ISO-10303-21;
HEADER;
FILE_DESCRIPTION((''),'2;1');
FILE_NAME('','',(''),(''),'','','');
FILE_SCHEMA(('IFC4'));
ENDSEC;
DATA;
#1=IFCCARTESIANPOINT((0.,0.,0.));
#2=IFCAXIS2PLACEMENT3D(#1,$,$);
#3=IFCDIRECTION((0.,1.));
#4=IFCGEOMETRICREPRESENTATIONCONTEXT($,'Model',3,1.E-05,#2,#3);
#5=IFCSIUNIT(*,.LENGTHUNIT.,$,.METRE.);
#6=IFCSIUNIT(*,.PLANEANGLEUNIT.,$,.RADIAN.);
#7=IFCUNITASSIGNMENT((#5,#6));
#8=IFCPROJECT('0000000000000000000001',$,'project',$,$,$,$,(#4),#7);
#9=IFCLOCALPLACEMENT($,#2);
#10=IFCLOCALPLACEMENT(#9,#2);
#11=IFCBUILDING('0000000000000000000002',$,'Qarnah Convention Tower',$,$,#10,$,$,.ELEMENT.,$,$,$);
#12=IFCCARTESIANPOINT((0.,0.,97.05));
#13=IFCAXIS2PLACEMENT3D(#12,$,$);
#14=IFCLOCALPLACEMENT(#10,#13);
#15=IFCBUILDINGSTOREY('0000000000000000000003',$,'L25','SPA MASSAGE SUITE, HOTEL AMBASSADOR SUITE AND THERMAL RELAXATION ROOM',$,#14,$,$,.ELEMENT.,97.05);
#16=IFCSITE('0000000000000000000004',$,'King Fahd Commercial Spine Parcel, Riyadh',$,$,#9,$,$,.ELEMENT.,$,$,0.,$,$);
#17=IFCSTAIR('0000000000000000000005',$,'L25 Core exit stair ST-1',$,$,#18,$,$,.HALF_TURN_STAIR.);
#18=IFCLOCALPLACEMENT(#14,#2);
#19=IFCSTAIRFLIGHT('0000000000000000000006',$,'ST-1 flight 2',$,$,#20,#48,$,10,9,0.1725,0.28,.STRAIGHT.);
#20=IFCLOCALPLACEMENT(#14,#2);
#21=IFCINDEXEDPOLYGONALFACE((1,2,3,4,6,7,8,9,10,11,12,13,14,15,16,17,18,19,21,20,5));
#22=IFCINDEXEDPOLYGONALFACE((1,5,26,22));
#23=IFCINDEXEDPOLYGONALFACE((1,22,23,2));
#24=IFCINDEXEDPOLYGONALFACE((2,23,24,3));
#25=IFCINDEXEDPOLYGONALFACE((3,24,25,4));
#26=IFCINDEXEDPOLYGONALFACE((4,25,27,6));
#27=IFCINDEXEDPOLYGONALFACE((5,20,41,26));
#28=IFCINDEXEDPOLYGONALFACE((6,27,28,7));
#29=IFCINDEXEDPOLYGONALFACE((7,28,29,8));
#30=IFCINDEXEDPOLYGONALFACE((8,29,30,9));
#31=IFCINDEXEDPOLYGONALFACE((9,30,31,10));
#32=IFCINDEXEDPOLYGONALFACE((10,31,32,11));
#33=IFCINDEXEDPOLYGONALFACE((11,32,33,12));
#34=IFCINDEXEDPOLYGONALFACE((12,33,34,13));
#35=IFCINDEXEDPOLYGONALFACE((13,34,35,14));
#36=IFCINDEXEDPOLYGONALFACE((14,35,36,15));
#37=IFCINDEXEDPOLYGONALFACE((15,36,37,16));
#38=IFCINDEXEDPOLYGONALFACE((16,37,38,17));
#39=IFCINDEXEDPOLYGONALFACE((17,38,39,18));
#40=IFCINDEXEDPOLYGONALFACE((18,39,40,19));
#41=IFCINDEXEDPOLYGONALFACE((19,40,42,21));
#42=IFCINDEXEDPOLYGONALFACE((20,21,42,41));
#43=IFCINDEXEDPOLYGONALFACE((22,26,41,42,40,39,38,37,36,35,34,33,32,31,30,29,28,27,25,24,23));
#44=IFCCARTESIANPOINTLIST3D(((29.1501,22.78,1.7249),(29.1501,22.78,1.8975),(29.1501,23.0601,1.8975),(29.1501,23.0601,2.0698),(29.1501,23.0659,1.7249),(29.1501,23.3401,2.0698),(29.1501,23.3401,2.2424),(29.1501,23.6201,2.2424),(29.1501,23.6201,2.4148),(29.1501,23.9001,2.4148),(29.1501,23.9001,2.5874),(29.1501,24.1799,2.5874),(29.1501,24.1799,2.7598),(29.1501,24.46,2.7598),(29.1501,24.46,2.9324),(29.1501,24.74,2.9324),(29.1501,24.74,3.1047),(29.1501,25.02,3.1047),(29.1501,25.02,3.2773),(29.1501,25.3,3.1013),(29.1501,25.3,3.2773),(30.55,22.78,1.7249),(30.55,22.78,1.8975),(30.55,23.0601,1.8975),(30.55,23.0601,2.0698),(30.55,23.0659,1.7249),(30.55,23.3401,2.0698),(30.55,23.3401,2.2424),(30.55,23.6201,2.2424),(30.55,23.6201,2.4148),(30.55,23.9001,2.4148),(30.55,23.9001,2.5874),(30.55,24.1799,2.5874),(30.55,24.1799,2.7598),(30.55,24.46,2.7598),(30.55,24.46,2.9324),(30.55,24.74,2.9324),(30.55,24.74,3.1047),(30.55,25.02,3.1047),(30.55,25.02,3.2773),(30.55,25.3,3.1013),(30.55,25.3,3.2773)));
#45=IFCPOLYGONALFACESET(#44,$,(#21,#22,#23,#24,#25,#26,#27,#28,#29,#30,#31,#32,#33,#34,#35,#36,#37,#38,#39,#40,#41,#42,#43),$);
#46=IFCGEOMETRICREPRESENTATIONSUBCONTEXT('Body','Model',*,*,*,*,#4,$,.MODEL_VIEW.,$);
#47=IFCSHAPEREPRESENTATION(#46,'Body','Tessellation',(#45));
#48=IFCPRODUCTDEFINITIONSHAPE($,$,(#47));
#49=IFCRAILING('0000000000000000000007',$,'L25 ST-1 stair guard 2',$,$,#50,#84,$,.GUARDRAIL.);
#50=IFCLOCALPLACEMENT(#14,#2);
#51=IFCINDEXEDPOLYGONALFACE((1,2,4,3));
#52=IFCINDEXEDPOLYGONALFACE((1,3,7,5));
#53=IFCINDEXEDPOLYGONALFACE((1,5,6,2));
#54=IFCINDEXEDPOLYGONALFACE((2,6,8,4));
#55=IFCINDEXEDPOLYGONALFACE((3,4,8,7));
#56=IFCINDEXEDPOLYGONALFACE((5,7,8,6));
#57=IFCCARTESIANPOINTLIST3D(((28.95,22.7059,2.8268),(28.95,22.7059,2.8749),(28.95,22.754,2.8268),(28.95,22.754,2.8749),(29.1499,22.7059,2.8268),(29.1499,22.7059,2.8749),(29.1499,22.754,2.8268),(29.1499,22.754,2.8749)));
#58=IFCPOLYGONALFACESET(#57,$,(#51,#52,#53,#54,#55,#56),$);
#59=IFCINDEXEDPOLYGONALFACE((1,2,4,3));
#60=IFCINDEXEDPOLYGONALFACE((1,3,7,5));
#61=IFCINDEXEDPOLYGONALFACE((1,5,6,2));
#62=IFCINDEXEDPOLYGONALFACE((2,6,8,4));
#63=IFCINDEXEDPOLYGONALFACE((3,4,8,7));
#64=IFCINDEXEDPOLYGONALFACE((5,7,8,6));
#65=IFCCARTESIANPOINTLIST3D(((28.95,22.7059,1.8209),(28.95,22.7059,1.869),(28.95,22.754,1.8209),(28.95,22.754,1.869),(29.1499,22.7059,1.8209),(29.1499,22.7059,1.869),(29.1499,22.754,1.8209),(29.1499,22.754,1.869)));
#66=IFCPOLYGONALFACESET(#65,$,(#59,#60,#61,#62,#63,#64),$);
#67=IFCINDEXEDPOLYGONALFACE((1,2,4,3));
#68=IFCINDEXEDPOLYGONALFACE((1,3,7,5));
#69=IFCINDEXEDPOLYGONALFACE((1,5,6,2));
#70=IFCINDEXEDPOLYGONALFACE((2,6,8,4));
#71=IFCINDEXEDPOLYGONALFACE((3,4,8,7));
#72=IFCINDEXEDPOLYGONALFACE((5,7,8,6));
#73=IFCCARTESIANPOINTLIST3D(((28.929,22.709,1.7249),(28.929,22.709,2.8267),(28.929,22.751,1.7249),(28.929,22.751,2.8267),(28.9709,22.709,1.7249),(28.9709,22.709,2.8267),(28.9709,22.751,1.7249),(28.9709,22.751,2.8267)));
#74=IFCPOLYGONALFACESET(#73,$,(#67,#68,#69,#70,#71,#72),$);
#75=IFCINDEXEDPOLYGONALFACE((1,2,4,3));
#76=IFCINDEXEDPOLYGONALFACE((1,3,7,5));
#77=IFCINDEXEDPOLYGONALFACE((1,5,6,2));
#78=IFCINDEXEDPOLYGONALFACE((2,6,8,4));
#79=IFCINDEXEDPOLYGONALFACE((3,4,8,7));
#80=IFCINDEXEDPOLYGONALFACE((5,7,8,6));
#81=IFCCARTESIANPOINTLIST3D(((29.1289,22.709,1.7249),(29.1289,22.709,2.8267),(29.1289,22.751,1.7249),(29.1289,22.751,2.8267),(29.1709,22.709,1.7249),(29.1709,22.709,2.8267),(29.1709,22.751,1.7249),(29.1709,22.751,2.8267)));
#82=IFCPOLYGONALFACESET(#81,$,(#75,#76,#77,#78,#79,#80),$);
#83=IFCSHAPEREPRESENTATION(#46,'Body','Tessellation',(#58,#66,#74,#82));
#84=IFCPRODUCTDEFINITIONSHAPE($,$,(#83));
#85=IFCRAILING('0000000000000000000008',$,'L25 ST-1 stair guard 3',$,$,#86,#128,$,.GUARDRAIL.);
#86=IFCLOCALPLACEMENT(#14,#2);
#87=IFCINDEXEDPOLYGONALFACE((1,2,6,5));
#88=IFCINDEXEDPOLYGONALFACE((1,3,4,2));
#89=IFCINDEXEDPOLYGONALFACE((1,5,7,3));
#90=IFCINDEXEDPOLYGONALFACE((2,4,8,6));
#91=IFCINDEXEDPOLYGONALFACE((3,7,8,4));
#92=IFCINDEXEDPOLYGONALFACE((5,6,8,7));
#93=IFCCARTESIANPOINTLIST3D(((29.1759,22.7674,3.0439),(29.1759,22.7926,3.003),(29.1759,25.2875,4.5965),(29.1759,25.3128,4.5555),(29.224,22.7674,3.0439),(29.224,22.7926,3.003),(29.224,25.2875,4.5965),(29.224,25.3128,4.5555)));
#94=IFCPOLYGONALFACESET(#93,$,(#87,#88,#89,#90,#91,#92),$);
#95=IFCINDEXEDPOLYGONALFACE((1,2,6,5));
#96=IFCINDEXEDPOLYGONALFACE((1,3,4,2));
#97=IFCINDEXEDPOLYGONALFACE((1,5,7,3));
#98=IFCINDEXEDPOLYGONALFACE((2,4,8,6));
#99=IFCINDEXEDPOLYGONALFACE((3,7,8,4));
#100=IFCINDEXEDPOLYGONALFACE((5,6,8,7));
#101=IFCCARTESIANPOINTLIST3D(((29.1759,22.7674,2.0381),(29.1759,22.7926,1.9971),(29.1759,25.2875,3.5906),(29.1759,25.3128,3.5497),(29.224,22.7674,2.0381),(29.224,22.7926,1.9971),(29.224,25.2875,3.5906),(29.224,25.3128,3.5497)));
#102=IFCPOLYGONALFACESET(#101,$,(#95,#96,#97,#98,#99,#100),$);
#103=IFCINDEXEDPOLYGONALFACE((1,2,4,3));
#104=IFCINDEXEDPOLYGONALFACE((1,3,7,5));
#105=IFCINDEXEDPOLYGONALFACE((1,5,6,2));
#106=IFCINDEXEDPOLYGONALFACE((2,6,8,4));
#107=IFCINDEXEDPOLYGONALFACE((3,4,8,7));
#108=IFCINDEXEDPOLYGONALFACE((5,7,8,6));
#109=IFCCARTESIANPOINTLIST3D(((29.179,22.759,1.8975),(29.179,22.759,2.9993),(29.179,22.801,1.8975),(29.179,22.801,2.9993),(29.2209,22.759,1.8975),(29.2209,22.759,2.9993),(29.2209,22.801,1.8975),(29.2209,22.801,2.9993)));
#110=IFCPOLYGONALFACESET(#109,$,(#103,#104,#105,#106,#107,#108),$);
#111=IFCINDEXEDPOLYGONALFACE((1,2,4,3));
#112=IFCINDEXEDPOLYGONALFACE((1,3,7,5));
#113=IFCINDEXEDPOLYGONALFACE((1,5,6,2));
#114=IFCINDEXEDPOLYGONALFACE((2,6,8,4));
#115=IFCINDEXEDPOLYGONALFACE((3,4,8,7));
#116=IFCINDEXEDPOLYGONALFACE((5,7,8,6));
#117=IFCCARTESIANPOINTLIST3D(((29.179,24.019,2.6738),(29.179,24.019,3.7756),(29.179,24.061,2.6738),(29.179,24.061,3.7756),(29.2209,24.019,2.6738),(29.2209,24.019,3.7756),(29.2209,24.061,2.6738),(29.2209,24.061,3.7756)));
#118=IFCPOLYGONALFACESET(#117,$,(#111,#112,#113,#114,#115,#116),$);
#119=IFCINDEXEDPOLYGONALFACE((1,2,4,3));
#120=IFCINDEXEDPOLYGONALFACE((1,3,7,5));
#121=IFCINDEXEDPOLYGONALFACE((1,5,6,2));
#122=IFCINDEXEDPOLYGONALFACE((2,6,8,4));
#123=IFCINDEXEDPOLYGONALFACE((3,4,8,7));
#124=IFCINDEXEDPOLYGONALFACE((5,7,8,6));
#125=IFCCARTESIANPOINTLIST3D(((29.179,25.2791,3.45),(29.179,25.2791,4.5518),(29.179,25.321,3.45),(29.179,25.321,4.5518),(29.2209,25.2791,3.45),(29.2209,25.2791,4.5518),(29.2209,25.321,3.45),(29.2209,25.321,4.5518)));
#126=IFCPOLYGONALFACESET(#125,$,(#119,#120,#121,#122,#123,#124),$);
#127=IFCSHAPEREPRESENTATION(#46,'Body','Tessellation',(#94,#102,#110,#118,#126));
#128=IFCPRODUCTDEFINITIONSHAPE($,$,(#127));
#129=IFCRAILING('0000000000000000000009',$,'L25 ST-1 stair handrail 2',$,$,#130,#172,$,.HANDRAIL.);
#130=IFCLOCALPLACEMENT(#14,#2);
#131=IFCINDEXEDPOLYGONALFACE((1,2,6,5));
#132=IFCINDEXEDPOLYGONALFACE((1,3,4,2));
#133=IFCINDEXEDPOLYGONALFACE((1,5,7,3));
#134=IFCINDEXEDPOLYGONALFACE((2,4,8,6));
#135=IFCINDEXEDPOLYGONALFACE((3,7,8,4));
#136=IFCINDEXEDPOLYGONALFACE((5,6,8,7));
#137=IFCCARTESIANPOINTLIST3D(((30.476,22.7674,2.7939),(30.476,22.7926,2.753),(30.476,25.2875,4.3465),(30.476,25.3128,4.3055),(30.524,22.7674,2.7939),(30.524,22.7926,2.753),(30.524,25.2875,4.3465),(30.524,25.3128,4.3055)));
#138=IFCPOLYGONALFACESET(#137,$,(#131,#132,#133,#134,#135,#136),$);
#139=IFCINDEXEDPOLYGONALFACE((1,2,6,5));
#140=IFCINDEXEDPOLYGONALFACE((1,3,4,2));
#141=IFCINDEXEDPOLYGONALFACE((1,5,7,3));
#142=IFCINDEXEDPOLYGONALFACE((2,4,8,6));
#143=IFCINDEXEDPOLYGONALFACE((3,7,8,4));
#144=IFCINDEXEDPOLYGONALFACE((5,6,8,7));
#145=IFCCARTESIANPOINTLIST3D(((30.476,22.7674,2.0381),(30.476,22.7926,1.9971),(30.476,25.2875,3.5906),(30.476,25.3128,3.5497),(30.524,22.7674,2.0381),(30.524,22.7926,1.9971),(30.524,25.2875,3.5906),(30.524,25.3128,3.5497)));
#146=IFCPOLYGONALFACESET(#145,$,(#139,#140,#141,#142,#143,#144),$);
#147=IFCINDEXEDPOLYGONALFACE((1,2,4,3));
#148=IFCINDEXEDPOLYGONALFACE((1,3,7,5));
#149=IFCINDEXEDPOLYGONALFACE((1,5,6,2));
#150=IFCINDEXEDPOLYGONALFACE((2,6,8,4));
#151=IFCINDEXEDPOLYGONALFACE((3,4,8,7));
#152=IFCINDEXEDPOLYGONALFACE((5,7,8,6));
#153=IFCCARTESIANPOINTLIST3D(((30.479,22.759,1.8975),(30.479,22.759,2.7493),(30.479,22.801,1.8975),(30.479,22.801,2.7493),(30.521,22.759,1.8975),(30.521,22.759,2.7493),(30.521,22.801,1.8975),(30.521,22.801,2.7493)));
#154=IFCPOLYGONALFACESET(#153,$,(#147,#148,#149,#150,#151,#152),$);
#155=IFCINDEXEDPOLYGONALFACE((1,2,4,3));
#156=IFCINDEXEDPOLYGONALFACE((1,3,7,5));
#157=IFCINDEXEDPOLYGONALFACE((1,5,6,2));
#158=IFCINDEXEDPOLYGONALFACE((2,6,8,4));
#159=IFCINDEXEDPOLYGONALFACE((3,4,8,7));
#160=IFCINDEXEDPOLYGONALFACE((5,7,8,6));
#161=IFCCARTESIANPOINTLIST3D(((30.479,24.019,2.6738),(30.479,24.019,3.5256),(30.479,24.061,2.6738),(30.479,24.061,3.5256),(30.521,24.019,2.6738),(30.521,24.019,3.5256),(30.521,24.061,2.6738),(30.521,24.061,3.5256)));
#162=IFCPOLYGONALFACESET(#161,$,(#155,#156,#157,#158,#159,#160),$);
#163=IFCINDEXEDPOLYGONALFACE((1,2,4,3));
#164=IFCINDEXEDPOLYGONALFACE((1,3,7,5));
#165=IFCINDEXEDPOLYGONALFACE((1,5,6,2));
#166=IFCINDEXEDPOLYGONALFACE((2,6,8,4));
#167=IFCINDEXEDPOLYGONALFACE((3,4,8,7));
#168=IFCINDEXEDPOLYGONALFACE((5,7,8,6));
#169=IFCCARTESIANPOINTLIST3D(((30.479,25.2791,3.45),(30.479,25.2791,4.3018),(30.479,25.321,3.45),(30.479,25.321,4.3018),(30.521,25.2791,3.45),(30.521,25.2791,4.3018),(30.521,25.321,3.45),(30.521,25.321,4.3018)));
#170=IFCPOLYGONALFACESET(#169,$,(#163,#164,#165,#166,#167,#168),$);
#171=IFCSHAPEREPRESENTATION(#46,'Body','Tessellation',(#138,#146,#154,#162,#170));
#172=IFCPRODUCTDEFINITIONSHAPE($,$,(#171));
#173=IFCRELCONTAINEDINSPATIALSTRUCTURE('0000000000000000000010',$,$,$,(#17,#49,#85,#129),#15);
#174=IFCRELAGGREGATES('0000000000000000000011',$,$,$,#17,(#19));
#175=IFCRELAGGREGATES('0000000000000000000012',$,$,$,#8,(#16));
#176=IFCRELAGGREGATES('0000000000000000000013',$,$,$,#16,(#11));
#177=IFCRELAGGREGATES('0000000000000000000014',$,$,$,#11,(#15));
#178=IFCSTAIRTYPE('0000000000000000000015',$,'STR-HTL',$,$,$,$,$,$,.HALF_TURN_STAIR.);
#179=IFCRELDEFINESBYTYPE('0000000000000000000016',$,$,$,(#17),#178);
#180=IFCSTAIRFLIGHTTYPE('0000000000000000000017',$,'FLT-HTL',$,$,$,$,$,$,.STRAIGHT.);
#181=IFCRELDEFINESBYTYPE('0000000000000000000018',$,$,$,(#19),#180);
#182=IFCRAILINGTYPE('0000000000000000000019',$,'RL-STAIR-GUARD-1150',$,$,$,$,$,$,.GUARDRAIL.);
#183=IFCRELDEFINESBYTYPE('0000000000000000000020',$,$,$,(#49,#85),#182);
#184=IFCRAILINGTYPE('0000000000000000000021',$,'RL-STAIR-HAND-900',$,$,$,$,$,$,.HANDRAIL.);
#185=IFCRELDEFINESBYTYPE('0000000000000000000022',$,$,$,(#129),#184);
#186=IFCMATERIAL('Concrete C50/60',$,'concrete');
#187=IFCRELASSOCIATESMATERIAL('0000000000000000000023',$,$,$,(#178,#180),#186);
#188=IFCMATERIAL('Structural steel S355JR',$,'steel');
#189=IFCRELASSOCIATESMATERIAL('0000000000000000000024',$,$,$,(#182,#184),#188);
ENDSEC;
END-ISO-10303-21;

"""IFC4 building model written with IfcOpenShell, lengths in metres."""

from ifc_helpers import new_model, si_unit, direction, frame, origin, origin_2d, place, context, subcontext, project, spatial, polyline, rectangle, outline, extrude, material, type_object, element, aggregate, save


model = new_model("IFC4")

# Units and contexts
model_context = context("Model", 3, precision=1e-05, world=origin(), true_north=direction((0.0, 1.0)))
body_context = subcontext(model_context, "Body", "Model", "MODEL_VIEW")
ifc_project = project(units=[si_unit("LENGTHUNIT", "METRE"), si_unit("PLANEANGLEUNIT", "RADIAN")], contexts=[model_context])

# Site, building, storey
site_placement = place(None, origin())
site = spatial("IfcSite", under=ifc_project, at=site_placement, Name="King Fahd Commercial Spine Parcel, Riyadh", CompositionType="ELEMENT", RefElevation=0.0)
building_placement = place(site_placement, origin())
building = spatial("IfcBuilding", under=site, at=building_placement, Name="Qarnah Convention Tower", CompositionType="ELEMENT")
storey_placement = place(building_placement, frame((0.0, 0.0, 97.05)))
storey = spatial("IfcBuildingStorey", under=building, at=storey_placement, Name="L25", Description="SPA MASSAGE SUITE, HOTEL AMBASSADOR SUITE AND THERMAL RELAXATION ROOM", CompositionType="ELEMENT", Elevation=97.05)

# Shared definitions
ifc_material_1 = material(Name="Structural steel S355JR", Category="steel")

# Stair, stair flight
ifc_material_2 = material(Name="Concrete C50/60", Category="concrete")
stair_type = type_object("IfcStairType", Name="STR-HTL", PredefinedType="HALF_TURN_STAIR", material=ifc_material_2)
stair_placement = place(storey_placement, origin())
stair = element("IfcStair", 1, at=stair_placement, inside=storey, type_object=stair_type, Name="L25 Core exit stair ST-1", PredefinedType="HALF_TURN_STAIR")
stair_flight_type = type_object("IfcStairFlightType", Name="FLT-HTL", PredefinedType="STRAIGHT", material=ifc_material_2)
stair_flight_1_placement = place(storey_placement, frame((29.8501, 22.78, 1.7249), z_axis=(0.0, 0.0, 1.0), x_axis=(0.0, 1.0, 0.0)))
stair_flight_1 = element("IfcStairFlight", 2, at=stair_flight_1_placement, type_object=stair_flight_type, Name="ST-1 flight 2", NumberOfRisers=10, NumberOfTreads=9, PredefinedType="STRAIGHT", RiserHeight=0.1725, TreadLength=0.28, context=body_context, shape_type="SweptSolid", body=[
    extrude(outline(polyline([(0.0, 0.0), (0.0, 0.1726), (0.28, 0.1726), (0.28, 0.345), (0.5601, 0.345), (0.5601, 0.5176), (0.8401, 0.5176), (0.8401, 0.6899), (1.1201, 0.6899), (1.1201, 0.8625), (1.3999, 0.8625), (1.3999, 1.0349), (1.6799, 1.0349), (1.6799, 1.2075), (1.96, 1.2075), (1.96, 1.3799), (2.24, 1.3799), (2.24, 1.5525), (2.52, 1.5525), (2.52, 1.7251), (2.52, 1.3765), (0.2859, 0.0), (0.0, 0.0)])), frame((0.0, 0.7, 0.0), z_axis=(0.0, -1.0, 0.0), x_axis=(1.0, 0.0, 0.0)), (0.0, 0.0, 1.0), 1.3999),
])
aggregate(stair, [stair_flight_1])

# Railings
railing_type_1 = type_object("IfcRailingType", Name="RL-STAIR-GUARD-1150", PredefinedType="GUARDRAIL", material=ifc_material_1)
railing_1_placement = place(storey_placement, frame((28.95, 22.73, 1.7249)))
element("IfcRailing", 3, at=railing_1_placement, inside=storey, type_object=railing_type_1, Name="L25 ST-1 stair guard 2", PredefinedType="GUARDRAIL", context=body_context, shape_type="SweptSolid", body=[
    extrude(rectangle(XDim=0.0481, YDim=0.0481, at=origin_2d()), frame((0.0, 0.0, 1.126), z_axis=(1.0, 0.0, 0.0), x_axis=(0.0, 1.0, 0.0)), (0.0, 0.0, 1.0), 0.2),
    extrude(rectangle(XDim=0.0481, YDim=0.0481, at=origin_2d()), frame((0.0, 0.0, 0.1201), z_axis=(1.0, 0.0, 0.0), x_axis=(0.0, 1.0, 0.0)), (0.0, 0.0, 1.0), 0.2),
    extrude(rectangle(XDim=0.042, YDim=0.042, at=origin_2d()), origin(), (0.0, 0.0, 1.0), 1.1018),
    extrude(rectangle(XDim=0.042, YDim=0.042, at=origin_2d()), frame((0.2, 0.0, 0.0)), (0.0, 0.0, 1.0), 1.1018),
])
railing_2_placement = place(storey_placement, frame((29.2, 22.78, 1.8975)))
element("IfcRailing", 4, at=railing_2_placement, inside=storey, type_object=railing_type_1, Name="L25 ST-1 stair guard 3", PredefinedType="GUARDRAIL", context=body_context, shape_type="SweptSolid", body=[
    extrude(rectangle(XDim=0.0481, YDim=0.0481, at=origin_2d()), frame((0.0, 0.0, 1.126), z_axis=(0.0, 0.8514, 0.524516), x_axis=(-1.0, 0.0, 0.0)), (0.0, 0.0, 1.0), 2.96),
    extrude(rectangle(XDim=0.0481, YDim=0.0481, at=origin_2d()), frame((0.0, 0.0, 0.1201), z_axis=(0.0, 0.8514, 0.524516), x_axis=(-1.0, 0.0, 0.0)), (0.0, 0.0, 1.0), 2.96),
    extrude(rectangle(XDim=0.042, YDim=0.042, at=origin_2d()), origin(), (0.0, 0.0, 1.0), 1.1018),
    extrude(rectangle(XDim=0.042, YDim=0.042, at=origin_2d()), frame((0.0, 1.26, 0.7764)), (0.0, 0.0, 1.0), 1.1018),
    extrude(rectangle(XDim=0.042, YDim=0.042, at=origin_2d()), frame((0.0, 2.52, 1.5525)), (0.0, 0.0, 1.0), 1.1018),
])
railing_type_2 = type_object("IfcRailingType", Name="RL-STAIR-HAND-900", PredefinedType="HANDRAIL", material=ifc_material_1)
railing_3_placement = place(storey_placement, frame((30.5, 22.78, 1.8975)))
element("IfcRailing", 5, at=railing_3_placement, inside=storey, type_object=railing_type_2, Name="L25 ST-1 stair handrail 2", PredefinedType="HANDRAIL", context=body_context, shape_type="SweptSolid", body=[
    extrude(rectangle(XDim=0.0481, YDim=0.0481, at=origin_2d()), frame((0.0, 0.0, 0.876), z_axis=(0.0, 0.8514, 0.524516), x_axis=(-1.0, 0.0, 0.0)), (0.0, 0.0, 1.0), 2.96),
    extrude(rectangle(XDim=0.0481, YDim=0.0481, at=origin_2d()), frame((0.0, 0.0, 0.1201), z_axis=(0.0, 0.8514, 0.524516), x_axis=(-1.0, 0.0, 0.0)), (0.0, 0.0, 1.0), 2.96),
    extrude(rectangle(XDim=0.042, YDim=0.042, at=origin_2d()), origin(), (0.0, 0.0, 1.0), 0.8518),
    extrude(rectangle(XDim=0.042, YDim=0.042, at=origin_2d()), frame((0.0, 1.26, 0.7764)), (0.0, 0.0, 1.0), 0.8518),
    extrude(rectangle(XDim=0.042, YDim=0.042, at=origin_2d()), frame((0.0, 2.52, 1.5525)), (0.0, 0.0, 1.0), 0.8518),
])

save(model, "model.ifc")
